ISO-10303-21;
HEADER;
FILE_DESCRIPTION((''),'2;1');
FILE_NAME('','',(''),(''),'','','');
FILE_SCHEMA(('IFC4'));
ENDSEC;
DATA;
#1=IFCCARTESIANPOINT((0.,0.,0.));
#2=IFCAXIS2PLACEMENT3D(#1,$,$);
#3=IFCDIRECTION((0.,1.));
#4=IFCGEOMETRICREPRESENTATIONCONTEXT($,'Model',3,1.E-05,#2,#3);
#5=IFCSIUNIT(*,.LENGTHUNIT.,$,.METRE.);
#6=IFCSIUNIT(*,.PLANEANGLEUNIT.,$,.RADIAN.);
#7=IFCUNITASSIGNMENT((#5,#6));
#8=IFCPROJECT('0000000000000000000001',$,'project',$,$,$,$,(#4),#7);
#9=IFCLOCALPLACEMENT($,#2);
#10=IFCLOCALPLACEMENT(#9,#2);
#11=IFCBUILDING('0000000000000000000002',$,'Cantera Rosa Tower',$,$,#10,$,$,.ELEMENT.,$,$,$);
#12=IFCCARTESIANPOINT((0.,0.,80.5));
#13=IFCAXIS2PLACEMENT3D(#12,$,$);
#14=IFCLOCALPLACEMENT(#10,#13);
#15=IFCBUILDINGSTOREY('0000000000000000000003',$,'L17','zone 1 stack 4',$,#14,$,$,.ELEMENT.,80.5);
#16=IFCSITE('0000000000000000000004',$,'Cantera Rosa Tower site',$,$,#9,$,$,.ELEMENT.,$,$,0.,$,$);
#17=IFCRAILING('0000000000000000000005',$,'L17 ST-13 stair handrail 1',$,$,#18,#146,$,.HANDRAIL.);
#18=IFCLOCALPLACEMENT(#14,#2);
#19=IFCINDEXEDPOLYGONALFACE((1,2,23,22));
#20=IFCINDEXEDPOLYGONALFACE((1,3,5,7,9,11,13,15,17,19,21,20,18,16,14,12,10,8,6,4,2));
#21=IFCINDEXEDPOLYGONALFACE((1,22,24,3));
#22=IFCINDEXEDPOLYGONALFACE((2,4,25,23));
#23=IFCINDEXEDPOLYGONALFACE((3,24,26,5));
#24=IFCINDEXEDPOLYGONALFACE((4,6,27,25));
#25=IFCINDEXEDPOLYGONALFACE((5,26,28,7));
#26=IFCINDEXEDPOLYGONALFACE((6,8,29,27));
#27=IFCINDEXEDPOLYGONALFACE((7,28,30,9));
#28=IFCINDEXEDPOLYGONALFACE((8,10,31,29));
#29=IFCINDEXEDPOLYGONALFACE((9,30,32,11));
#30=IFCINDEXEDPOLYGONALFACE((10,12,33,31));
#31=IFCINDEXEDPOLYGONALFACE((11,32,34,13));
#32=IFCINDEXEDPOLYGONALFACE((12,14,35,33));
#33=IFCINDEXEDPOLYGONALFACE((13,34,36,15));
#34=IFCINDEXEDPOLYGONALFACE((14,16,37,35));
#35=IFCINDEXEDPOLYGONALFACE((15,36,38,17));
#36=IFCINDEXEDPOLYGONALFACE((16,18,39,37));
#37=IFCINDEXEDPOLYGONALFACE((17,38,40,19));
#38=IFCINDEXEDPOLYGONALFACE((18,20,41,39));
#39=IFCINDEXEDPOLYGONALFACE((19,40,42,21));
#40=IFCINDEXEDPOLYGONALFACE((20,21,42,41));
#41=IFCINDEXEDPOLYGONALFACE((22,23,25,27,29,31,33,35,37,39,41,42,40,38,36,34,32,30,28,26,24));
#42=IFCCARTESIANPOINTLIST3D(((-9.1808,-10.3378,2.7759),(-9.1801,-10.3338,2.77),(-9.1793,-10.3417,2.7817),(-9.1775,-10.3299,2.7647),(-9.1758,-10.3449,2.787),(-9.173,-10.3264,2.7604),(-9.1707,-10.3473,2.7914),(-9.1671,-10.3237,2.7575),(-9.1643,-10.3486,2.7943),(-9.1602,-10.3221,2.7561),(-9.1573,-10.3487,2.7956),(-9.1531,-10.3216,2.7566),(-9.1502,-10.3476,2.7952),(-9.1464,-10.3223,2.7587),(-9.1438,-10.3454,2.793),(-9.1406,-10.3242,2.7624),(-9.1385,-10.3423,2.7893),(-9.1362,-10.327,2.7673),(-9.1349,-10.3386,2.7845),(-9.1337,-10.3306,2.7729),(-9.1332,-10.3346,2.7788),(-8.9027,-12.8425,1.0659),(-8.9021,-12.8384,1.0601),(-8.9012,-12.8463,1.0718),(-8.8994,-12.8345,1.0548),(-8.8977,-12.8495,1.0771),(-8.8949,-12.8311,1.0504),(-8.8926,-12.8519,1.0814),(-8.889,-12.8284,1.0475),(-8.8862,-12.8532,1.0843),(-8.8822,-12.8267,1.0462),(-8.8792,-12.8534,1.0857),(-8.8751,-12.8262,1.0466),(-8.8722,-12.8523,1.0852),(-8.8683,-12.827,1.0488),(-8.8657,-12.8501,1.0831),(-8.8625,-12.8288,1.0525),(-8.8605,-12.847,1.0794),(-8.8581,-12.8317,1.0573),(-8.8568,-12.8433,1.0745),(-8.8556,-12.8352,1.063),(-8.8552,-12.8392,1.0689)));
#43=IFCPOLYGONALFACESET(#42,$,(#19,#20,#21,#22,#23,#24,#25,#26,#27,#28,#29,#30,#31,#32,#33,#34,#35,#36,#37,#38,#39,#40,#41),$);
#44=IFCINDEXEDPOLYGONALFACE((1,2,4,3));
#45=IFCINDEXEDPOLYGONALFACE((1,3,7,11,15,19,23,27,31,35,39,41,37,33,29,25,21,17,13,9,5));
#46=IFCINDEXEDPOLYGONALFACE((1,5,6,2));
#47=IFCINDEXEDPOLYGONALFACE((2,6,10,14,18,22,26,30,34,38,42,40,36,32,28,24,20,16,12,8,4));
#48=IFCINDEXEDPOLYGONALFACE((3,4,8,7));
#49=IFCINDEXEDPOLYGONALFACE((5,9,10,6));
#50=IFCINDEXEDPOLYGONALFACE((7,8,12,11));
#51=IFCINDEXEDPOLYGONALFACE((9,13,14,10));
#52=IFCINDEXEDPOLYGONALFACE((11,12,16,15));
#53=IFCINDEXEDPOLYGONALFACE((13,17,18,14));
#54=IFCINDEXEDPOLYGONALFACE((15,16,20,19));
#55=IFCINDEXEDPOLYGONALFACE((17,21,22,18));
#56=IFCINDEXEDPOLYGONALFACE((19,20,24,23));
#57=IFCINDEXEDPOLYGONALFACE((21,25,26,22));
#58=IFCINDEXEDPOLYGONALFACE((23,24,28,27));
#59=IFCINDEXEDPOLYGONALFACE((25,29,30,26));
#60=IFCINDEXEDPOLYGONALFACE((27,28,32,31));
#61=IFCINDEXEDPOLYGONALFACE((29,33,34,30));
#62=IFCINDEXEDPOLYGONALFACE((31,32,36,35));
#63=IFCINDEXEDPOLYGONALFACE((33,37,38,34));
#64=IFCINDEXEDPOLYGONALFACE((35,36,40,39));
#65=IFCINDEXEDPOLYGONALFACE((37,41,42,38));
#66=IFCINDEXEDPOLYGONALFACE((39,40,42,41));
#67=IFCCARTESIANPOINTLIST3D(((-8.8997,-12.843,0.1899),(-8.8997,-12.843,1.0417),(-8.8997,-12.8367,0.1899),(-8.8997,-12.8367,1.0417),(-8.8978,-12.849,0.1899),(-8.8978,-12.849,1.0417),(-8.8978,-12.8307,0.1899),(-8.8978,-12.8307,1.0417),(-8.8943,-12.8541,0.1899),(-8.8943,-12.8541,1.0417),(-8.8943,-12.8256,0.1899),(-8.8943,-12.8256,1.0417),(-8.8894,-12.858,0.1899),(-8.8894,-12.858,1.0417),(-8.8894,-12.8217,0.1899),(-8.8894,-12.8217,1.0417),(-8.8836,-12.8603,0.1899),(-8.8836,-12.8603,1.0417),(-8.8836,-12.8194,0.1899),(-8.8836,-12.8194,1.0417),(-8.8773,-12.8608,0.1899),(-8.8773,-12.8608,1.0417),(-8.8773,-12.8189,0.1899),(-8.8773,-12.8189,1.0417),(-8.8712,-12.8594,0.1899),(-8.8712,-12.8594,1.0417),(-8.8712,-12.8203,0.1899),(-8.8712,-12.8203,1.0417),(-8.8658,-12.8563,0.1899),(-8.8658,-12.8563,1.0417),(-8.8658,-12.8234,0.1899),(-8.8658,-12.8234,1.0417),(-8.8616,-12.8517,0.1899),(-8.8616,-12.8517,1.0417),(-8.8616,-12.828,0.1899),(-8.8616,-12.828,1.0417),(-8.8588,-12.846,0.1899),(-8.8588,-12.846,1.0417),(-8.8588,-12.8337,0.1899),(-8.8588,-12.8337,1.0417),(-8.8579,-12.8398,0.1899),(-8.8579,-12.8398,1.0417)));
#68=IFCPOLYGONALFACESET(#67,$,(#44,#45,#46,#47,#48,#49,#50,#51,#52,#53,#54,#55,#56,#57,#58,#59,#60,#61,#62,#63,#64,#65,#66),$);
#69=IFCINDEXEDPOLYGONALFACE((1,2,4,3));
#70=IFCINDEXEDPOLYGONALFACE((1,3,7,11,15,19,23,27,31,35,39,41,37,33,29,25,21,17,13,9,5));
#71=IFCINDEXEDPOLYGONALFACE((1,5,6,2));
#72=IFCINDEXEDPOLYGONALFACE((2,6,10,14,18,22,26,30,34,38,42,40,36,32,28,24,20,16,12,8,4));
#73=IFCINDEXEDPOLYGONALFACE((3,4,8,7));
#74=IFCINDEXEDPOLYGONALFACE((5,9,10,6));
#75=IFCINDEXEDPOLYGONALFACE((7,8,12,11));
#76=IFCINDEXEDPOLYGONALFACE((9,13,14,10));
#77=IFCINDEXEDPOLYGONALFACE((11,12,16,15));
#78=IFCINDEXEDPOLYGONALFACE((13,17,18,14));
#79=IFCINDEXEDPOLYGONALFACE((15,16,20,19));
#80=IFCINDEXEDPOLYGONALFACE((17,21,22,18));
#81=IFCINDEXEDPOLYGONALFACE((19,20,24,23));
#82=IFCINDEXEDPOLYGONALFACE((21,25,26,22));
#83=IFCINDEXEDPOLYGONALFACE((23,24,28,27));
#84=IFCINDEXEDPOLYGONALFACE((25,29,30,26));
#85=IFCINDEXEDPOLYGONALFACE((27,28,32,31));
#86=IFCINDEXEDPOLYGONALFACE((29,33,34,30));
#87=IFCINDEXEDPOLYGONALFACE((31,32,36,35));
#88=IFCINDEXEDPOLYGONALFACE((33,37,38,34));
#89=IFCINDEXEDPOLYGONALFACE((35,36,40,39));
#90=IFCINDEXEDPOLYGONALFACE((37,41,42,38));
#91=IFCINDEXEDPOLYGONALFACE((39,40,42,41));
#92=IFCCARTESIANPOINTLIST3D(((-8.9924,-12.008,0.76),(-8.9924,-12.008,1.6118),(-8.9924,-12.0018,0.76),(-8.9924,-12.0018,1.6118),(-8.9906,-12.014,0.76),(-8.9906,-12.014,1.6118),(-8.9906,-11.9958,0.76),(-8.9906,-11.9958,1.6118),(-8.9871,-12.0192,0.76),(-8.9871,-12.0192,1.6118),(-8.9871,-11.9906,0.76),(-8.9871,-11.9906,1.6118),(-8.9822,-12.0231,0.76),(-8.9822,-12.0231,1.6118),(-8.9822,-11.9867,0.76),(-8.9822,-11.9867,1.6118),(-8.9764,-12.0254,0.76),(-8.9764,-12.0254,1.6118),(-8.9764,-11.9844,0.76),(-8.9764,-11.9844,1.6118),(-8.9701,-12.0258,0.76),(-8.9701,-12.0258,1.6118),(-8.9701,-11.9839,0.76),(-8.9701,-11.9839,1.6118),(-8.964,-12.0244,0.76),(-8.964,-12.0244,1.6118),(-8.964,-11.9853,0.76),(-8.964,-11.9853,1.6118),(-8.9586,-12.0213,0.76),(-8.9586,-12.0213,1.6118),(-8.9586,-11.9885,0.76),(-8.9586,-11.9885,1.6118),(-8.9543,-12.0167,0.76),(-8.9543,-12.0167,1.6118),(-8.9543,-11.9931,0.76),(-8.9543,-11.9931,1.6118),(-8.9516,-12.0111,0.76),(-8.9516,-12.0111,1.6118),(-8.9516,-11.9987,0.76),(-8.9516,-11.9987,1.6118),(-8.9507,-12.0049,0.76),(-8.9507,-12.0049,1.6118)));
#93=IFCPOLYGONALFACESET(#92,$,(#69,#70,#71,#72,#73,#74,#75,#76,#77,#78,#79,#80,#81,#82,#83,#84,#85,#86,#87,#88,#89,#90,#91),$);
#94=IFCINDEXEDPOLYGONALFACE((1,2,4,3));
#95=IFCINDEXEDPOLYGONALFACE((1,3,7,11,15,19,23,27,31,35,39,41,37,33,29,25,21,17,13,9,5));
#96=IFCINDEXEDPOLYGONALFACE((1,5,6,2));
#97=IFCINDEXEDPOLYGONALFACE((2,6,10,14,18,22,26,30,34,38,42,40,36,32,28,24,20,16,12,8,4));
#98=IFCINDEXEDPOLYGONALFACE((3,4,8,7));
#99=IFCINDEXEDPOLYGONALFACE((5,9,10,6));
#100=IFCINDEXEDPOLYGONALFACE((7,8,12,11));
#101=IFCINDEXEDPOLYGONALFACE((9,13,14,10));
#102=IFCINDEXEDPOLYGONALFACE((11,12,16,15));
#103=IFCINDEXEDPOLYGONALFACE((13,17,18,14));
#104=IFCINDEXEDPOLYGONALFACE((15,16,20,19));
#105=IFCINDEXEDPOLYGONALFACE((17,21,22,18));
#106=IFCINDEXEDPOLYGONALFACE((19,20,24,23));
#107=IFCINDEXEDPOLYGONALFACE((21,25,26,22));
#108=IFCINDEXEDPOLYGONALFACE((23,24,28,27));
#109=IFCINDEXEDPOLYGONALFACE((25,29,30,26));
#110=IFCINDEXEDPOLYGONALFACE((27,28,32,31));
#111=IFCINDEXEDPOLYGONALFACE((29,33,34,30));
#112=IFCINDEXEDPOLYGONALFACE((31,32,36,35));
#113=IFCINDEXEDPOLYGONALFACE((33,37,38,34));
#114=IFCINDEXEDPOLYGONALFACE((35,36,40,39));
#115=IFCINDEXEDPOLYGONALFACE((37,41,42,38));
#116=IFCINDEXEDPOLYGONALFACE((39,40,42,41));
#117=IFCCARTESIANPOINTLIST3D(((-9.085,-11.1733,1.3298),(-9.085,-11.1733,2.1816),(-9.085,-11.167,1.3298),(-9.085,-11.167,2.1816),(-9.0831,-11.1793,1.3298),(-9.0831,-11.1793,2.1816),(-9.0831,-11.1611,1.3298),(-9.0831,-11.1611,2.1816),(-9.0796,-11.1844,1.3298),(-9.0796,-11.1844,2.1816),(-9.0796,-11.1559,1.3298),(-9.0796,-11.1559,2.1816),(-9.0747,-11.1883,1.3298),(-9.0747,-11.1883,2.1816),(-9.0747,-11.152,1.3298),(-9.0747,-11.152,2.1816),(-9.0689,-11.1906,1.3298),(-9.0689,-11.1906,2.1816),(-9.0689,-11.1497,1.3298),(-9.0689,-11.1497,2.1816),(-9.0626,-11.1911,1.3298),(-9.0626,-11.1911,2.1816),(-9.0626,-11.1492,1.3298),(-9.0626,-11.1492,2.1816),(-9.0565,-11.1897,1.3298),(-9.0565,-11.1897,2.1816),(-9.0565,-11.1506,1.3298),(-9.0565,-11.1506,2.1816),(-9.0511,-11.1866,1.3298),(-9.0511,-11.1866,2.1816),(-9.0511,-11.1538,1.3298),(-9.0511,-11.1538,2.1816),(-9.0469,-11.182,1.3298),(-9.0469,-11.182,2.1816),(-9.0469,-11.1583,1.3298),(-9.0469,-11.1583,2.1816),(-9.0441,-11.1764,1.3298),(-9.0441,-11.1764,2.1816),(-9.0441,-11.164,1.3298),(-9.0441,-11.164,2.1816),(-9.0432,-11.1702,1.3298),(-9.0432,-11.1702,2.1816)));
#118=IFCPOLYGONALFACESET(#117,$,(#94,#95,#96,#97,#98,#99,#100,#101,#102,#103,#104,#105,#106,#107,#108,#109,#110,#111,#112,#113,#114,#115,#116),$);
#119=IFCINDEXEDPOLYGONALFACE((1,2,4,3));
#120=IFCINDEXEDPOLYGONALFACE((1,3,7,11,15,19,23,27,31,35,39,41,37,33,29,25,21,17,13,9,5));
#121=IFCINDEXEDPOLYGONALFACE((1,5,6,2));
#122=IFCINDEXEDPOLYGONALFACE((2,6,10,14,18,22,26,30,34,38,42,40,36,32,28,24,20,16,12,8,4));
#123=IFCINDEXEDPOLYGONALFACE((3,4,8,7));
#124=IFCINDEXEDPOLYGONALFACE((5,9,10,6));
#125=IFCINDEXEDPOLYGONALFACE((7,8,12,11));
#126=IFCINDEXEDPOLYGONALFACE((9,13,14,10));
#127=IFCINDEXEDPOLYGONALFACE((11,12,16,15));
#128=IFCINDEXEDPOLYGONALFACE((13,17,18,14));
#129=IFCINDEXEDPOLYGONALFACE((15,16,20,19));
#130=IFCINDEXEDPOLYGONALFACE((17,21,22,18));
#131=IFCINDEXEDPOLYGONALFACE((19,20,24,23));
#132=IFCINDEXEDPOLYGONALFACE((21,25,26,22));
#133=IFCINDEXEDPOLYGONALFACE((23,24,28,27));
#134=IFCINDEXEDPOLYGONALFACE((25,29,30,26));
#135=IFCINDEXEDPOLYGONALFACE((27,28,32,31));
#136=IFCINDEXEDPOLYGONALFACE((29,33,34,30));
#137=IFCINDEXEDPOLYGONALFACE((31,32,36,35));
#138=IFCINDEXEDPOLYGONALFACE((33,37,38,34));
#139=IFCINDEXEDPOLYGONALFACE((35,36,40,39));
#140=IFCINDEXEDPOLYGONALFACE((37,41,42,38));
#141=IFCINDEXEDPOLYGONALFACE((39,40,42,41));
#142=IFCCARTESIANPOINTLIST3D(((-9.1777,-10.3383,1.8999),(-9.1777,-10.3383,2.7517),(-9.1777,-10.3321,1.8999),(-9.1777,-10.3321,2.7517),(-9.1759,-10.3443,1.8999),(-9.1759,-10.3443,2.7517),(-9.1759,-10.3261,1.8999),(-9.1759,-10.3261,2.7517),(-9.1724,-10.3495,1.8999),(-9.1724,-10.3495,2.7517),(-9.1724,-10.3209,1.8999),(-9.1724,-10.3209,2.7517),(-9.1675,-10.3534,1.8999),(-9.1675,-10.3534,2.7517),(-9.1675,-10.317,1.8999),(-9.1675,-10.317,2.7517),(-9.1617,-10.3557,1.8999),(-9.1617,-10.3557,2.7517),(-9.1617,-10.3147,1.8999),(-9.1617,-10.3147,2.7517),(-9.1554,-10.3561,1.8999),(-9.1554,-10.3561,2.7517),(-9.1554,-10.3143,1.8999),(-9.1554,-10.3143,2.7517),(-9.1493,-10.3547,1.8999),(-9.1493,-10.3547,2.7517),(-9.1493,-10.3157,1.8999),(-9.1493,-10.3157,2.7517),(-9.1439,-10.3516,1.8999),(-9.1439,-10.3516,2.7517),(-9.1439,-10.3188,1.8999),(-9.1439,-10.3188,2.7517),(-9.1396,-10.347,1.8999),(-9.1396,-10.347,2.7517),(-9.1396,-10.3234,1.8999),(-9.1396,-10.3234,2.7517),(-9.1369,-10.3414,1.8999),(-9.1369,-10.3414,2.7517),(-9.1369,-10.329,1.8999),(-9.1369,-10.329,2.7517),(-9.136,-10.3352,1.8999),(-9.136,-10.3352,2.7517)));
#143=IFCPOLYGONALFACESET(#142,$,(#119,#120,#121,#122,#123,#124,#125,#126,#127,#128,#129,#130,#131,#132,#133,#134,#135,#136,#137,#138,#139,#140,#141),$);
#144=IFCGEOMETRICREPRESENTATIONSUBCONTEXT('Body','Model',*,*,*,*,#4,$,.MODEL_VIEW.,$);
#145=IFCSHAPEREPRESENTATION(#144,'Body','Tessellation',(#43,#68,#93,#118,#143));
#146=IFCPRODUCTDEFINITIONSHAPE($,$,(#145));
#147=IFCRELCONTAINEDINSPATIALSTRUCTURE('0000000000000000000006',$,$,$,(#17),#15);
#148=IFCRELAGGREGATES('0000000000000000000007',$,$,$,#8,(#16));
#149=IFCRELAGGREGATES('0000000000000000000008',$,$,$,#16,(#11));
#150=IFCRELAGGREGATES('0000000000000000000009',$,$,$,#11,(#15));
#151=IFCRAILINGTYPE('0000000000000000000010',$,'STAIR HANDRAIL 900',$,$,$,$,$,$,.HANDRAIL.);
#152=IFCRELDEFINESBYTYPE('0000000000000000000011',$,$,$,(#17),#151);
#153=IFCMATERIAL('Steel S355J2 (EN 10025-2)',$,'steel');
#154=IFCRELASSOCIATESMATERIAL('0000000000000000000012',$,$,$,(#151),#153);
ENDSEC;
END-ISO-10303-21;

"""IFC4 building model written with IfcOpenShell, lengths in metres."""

from ifc_helpers import new_model, si_unit, direction, frame, origin, origin_2d, place, context, subcontext, project, spatial, circle, extrude, material, type_object, element, save


model = new_model("IFC4")

# Units and contexts
model_context = context("Model", 3, precision=1e-05, world=origin(), true_north=direction((0.0, 1.0)))
body_context = subcontext(model_context, "Body", "Model", "MODEL_VIEW")
ifc_project = project(units=[si_unit("LENGTHUNIT", "METRE"), si_unit("PLANEANGLEUNIT", "RADIAN")], contexts=[model_context])

# Site, building, storey
site_placement = place(None, origin())
site = spatial("IfcSite", under=ifc_project, at=site_placement, Name="Cantera Rosa Tower site", CompositionType="ELEMENT", RefElevation=0.0)
building_placement = place(site_placement, origin())
building = spatial("IfcBuilding", under=site, at=building_placement, Name="Cantera Rosa Tower", CompositionType="ELEMENT")
storey_placement = place(building_placement, frame((0.0, 0.0, 80.5)))
storey = spatial("IfcBuildingStorey", under=building, at=storey_placement, Name="L17", Description="zone 1 stack 4", CompositionType="ELEMENT", Elevation=80.5)

# Railing
ifc_material_1 = material(Name="Steel S355J2 (EN 10025-2)", Category="steel")
railing_type_1 = type_object("IfcRailingType", Name="STAIR HANDRAIL 900", PredefinedType="HANDRAIL", material=ifc_material_1)
railing_1_placement = place(storey_placement, frame((-8.8789, -12.8398, 0.1899)))
element("IfcRailing", 1, at=railing_1_placement, inside=storey, type_object=railing_type_1, Name="L17 ST-13 stair handrail 1", PredefinedType="HANDRAIL", context=body_context, shape_type="SweptSolid", body=[
    extrude(circle(Radius=0.0239, at=origin_2d()), frame((0.0, 0.0, 0.876), z_axis=(-0.09131, 0.822431, 0.561488), x_axis=(-0.993893, -0.110346, 0.0)), (0.0, 0.0, 1.0), 3.0454),
    extrude(circle(Radius=0.021, at=origin_2d()), origin(), (0.0, 0.0, 1.0), 0.8518),
    extrude(circle(Radius=0.021, at=origin_2d()), frame((-0.0928, 0.835, 0.5701)), (0.0, 0.0, 1.0), 0.8518),
    extrude(circle(Radius=0.021, at=origin_2d()), frame((-0.1853, 1.6697, 1.1399)), (0.0, 0.0, 1.0), 0.8518),
    extrude(circle(Radius=0.021, at=origin_2d()), frame((-0.2781, 2.5046, 1.71)), (0.0, 0.0, 1.0), 0.8518),
])

save(model, "model.ifc")
